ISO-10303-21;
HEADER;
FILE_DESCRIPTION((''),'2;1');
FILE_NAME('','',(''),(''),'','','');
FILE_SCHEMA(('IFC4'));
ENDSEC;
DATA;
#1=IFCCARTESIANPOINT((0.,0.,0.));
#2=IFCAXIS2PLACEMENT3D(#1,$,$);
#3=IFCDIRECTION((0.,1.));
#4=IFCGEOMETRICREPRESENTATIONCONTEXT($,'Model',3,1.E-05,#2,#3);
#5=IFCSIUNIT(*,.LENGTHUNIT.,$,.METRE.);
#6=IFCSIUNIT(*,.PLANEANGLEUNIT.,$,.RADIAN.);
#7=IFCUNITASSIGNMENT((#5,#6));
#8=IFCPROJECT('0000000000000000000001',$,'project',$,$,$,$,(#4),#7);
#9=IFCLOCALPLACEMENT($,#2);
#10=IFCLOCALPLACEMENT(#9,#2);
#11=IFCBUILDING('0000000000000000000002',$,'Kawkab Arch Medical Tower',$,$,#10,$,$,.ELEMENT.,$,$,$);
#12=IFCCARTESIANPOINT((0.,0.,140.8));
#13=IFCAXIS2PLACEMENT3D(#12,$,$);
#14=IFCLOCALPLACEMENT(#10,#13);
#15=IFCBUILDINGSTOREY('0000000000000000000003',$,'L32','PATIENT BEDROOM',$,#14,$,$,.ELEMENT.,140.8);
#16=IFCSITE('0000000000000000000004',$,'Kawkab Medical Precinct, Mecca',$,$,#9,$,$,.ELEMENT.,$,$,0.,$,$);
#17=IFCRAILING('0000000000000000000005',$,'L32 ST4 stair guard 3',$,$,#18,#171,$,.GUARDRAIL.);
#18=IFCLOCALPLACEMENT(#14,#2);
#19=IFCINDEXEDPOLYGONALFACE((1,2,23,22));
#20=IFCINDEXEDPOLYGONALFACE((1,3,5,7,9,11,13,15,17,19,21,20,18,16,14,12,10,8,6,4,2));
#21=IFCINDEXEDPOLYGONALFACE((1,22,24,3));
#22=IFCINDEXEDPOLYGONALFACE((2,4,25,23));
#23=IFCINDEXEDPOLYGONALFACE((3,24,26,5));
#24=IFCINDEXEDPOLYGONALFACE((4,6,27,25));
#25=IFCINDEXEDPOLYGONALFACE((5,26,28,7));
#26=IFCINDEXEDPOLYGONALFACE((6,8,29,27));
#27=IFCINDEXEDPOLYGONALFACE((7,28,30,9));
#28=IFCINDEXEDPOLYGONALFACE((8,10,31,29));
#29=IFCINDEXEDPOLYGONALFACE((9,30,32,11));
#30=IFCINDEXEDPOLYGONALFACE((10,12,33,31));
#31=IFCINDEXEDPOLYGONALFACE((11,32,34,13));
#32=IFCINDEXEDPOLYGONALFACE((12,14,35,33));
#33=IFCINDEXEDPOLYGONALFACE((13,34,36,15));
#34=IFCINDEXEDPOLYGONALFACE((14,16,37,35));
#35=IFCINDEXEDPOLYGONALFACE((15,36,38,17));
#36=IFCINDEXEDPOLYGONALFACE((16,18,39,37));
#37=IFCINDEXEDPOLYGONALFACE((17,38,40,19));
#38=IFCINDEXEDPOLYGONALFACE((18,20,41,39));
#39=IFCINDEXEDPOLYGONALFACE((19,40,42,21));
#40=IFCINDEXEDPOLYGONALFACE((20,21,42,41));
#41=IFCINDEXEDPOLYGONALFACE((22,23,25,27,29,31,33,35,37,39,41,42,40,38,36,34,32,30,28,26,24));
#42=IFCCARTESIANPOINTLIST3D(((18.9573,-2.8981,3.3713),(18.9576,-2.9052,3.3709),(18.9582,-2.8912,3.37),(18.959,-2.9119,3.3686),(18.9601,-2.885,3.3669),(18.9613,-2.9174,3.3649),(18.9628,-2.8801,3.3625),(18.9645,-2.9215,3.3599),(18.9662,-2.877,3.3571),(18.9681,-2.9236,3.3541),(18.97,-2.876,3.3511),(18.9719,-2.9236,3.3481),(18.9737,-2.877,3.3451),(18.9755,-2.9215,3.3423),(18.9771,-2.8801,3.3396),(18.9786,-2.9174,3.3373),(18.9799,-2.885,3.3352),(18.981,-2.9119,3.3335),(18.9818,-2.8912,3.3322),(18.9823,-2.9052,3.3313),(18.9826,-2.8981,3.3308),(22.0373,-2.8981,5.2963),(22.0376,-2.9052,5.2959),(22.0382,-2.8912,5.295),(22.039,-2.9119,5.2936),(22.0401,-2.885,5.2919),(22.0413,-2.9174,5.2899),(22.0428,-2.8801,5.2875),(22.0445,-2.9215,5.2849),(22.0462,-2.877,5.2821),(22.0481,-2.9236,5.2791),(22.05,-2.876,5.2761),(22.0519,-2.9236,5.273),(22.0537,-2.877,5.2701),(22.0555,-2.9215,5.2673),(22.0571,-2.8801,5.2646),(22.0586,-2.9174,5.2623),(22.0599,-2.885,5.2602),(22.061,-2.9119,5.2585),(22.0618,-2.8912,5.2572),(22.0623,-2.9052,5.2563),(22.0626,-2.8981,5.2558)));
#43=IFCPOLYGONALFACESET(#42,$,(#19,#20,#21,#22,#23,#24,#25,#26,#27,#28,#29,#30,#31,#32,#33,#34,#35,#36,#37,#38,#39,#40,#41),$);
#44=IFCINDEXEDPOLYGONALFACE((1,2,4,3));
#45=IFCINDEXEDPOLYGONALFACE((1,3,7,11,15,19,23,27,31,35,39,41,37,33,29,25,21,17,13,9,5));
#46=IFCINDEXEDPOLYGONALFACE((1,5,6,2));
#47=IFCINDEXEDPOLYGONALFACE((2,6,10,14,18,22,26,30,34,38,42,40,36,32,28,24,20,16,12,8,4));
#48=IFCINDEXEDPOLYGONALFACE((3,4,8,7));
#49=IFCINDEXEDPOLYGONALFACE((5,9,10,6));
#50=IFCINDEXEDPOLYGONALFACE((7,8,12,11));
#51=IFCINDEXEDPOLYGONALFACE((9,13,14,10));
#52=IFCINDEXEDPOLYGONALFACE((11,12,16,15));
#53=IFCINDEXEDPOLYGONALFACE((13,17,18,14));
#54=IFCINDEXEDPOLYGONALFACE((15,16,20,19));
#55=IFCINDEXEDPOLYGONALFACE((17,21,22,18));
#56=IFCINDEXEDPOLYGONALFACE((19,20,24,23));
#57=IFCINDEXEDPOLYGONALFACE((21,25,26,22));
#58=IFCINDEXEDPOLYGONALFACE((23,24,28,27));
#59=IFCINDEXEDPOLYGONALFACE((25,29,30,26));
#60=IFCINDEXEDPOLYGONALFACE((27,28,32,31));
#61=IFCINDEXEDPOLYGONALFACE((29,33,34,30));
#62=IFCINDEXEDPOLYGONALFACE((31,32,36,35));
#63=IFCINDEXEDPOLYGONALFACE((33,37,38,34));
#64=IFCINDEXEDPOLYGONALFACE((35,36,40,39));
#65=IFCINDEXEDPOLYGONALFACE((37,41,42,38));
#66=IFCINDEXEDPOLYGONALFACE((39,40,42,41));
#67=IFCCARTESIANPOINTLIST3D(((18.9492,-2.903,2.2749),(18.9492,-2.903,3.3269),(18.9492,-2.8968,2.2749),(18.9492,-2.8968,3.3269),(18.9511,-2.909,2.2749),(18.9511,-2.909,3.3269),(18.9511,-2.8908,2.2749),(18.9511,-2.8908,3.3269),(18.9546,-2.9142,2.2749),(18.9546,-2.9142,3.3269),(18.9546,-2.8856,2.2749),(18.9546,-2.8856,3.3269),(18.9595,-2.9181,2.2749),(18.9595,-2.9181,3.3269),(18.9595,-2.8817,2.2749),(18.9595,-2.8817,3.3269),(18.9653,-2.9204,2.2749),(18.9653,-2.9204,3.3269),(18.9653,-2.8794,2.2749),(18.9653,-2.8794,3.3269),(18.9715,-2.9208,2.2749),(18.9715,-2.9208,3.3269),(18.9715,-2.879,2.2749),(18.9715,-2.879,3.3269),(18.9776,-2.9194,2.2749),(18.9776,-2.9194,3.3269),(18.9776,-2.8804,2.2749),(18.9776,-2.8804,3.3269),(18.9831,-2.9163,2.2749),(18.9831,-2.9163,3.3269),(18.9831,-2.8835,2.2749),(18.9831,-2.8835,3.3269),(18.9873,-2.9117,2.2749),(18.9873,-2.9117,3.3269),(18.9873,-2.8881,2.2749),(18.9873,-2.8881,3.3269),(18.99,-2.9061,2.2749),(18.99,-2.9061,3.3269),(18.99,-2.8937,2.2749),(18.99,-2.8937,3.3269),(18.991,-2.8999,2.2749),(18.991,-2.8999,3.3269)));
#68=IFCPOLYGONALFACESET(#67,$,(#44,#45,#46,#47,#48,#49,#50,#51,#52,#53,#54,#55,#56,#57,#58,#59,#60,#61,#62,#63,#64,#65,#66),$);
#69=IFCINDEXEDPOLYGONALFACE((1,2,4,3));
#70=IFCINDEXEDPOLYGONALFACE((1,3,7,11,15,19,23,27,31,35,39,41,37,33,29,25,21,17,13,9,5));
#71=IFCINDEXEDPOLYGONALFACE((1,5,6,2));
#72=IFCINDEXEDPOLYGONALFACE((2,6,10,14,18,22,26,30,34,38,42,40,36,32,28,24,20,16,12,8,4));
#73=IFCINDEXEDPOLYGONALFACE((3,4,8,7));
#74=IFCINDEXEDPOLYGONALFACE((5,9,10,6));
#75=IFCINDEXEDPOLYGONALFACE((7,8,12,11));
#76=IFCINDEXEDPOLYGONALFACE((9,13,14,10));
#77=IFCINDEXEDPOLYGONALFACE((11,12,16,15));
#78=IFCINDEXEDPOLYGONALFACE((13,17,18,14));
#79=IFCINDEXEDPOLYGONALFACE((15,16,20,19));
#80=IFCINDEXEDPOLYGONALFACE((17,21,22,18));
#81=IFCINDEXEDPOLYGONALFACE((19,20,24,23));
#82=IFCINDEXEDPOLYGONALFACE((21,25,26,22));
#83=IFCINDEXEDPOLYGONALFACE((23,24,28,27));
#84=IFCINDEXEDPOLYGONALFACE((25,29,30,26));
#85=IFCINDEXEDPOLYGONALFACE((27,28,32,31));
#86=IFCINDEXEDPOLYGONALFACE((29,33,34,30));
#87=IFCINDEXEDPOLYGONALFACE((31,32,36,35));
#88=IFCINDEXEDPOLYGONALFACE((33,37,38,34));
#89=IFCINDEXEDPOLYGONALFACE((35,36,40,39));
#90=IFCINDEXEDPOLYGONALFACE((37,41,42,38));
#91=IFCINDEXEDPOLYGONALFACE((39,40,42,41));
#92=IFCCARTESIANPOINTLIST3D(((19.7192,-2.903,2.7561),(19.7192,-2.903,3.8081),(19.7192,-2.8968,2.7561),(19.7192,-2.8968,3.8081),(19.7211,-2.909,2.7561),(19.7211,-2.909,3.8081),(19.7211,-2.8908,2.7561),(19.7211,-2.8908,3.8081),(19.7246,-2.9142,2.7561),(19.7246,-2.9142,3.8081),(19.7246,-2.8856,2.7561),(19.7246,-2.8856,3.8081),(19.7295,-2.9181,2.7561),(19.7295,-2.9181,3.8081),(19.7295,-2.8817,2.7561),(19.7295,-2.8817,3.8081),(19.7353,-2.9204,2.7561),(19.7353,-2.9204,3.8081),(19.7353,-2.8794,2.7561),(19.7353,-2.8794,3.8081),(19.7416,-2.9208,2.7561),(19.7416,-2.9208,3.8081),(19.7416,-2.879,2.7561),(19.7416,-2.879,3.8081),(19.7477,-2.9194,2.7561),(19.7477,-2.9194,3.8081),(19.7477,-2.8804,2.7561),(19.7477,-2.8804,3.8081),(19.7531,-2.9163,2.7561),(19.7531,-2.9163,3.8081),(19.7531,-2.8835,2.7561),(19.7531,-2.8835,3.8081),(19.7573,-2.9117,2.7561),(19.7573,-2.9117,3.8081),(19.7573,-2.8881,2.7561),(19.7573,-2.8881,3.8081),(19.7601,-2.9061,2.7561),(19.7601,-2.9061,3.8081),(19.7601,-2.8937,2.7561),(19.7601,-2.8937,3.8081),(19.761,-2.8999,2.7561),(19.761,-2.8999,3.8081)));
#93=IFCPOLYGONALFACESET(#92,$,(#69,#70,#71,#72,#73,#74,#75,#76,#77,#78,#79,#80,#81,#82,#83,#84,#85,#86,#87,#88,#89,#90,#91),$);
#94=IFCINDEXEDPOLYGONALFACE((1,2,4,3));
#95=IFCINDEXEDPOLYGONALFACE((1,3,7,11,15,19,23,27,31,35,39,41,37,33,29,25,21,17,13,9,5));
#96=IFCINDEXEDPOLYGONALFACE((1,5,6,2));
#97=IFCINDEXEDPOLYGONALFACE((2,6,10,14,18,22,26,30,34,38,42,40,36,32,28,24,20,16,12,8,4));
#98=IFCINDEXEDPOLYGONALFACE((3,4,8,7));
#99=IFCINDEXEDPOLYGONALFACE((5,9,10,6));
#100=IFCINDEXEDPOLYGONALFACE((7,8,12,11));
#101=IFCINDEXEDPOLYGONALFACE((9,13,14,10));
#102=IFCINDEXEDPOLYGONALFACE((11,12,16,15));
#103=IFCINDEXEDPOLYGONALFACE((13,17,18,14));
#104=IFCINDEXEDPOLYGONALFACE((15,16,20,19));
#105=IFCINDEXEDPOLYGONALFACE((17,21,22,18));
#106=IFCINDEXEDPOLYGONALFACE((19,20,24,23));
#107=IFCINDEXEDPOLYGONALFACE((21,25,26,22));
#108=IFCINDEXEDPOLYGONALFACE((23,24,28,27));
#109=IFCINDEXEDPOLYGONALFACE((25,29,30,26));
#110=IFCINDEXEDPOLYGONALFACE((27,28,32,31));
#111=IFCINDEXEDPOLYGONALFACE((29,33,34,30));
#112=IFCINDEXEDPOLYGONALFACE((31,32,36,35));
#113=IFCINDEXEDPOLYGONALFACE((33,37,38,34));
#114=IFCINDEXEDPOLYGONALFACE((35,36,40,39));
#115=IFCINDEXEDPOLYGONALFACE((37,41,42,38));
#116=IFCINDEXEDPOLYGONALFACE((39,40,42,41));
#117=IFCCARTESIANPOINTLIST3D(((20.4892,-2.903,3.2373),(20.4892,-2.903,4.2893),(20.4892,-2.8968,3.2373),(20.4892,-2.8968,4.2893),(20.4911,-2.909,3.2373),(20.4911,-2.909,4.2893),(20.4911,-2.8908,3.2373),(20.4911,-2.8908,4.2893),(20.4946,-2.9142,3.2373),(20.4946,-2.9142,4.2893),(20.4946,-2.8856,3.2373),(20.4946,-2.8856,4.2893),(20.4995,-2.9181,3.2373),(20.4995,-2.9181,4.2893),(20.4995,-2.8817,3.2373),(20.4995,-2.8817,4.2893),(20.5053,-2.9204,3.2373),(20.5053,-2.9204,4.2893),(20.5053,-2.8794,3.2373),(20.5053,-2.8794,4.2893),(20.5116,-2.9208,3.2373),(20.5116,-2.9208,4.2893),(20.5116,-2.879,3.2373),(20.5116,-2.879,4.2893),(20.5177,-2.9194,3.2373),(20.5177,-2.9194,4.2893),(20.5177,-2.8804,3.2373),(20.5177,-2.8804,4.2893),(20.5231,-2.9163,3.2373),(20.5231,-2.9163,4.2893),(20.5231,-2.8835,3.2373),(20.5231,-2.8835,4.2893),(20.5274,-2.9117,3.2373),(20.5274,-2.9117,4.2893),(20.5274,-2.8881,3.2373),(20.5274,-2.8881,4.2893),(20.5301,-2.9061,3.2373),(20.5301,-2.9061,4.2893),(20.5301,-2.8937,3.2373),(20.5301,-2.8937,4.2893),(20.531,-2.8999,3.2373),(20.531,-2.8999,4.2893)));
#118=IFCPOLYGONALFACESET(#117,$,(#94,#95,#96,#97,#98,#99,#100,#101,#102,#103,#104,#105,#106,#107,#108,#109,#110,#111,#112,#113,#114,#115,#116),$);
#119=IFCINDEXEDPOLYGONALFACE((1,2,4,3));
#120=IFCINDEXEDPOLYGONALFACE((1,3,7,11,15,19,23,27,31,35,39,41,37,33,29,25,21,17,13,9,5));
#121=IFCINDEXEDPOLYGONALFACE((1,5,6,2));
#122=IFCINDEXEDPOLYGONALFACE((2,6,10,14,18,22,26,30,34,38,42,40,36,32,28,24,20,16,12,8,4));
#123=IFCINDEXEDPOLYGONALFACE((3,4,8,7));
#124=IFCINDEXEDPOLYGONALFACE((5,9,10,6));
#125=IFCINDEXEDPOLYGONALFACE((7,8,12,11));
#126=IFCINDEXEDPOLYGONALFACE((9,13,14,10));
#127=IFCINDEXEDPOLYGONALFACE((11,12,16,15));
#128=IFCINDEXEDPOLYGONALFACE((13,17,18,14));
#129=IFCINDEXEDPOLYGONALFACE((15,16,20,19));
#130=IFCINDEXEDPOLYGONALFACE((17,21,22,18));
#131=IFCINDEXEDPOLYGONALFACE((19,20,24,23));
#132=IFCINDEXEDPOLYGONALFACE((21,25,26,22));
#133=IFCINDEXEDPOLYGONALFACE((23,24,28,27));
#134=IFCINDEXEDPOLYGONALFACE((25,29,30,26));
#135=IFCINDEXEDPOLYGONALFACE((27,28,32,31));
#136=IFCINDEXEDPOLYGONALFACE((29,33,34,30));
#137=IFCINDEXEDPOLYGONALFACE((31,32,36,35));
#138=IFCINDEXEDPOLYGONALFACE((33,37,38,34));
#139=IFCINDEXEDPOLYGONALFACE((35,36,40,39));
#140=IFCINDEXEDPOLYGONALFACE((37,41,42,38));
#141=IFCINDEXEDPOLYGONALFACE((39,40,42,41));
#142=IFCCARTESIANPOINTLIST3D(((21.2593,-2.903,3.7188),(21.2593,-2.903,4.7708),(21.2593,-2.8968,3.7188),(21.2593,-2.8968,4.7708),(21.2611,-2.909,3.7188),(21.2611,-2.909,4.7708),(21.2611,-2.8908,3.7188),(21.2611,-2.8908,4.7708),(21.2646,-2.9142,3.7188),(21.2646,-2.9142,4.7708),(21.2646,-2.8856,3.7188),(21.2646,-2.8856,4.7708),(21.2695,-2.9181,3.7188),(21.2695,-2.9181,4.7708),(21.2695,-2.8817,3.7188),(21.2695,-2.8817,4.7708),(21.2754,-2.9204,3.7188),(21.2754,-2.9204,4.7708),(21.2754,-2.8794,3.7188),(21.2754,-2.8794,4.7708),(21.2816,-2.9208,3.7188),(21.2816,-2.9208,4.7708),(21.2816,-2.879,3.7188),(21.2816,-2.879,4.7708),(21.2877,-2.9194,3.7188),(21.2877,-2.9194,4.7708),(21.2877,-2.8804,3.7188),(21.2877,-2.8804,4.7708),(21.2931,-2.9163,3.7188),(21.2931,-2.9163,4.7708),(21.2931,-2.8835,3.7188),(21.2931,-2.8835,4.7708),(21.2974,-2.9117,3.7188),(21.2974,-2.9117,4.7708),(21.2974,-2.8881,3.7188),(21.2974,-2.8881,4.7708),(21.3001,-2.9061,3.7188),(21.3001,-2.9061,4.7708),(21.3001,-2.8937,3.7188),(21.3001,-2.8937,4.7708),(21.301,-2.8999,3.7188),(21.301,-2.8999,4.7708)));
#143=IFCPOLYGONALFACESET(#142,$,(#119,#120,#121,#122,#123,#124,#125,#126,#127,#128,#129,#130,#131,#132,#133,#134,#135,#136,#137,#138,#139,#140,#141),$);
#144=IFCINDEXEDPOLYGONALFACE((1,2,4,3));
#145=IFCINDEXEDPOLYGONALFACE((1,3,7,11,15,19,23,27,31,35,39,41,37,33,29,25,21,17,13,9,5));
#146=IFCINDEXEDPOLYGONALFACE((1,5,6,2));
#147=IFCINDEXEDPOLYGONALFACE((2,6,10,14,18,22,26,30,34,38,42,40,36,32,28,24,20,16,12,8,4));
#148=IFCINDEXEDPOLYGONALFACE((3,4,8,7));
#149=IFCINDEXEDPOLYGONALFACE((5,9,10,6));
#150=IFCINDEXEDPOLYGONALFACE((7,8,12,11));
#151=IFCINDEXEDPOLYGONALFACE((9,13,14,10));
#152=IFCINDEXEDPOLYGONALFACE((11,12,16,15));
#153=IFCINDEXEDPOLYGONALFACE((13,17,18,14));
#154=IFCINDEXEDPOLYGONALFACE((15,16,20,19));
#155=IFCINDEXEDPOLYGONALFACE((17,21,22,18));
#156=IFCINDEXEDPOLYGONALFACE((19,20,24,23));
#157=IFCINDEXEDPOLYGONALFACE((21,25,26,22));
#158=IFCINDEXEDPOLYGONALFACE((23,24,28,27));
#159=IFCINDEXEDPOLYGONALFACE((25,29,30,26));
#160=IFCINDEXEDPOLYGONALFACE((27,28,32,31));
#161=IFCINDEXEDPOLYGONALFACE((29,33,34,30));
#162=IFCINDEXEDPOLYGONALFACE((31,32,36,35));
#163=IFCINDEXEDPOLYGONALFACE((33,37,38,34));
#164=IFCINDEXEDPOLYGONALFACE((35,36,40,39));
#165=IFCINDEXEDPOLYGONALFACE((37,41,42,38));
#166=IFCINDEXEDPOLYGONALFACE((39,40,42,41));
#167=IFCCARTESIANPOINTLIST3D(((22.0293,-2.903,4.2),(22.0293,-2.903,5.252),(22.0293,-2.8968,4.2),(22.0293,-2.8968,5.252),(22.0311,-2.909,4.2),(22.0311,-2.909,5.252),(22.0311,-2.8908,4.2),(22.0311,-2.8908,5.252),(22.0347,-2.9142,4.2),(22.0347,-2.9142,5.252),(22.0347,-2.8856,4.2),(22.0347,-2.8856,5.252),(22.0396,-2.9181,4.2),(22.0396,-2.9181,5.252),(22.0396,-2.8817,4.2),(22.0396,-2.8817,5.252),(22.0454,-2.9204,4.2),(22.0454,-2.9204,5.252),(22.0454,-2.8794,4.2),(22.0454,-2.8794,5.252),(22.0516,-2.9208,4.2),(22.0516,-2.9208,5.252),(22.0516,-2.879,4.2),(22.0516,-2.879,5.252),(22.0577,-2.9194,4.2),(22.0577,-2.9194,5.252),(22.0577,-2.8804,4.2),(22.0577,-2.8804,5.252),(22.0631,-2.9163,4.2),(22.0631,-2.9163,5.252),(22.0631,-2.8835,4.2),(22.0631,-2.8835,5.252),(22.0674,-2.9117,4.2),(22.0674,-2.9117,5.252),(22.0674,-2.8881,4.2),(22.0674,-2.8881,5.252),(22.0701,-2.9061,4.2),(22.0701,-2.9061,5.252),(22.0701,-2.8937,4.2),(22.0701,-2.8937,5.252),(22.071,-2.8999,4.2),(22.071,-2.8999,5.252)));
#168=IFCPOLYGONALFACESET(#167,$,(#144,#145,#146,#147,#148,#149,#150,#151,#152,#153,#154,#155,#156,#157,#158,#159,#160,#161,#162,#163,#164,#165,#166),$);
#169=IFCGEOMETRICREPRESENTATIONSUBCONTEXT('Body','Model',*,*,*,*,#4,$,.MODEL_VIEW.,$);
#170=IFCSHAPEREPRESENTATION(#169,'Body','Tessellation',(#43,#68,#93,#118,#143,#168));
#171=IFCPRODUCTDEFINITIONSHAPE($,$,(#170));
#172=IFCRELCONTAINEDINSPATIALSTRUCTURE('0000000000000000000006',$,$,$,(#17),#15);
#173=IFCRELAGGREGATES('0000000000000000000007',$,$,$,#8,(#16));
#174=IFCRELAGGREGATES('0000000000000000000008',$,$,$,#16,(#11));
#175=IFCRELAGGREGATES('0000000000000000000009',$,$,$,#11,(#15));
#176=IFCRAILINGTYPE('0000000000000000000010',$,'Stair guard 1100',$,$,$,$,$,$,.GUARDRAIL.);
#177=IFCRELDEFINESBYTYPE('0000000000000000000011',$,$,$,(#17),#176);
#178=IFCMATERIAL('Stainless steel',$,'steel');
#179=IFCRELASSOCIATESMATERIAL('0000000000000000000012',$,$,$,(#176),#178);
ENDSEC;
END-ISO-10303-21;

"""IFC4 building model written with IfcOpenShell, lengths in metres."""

from ifc_helpers import new_model, si_unit, direction, frame, origin, origin_2d, place, context, subcontext, project, spatial, circle, extrude, material, type_object, element, save


model = new_model("IFC4")

# Units and contexts
model_context = context("Model", 3, precision=1e-05, world=origin(), true_north=direction((0.0, 1.0)))
body_context = subcontext(model_context, "Body", "Model", "MODEL_VIEW")
ifc_project = project(units=[si_unit("LENGTHUNIT", "METRE"), si_unit("PLANEANGLEUNIT", "RADIAN")], contexts=[model_context])

# Site, building, storey
site_placement = place(None, origin())
site = spatial("IfcSite", under=ifc_project, at=site_placement, Name="Kawkab Medical Precinct, Mecca", CompositionType="ELEMENT", RefElevation=0.0)
building_placement = place(site_placement, origin())
building = spatial("IfcBuilding", under=site, at=building_placement, Name="Kawkab Arch Medical Tower", CompositionType="ELEMENT")
storey_placement = place(building_placement, frame((0.0, 0.0, 140.8)))
storey = spatial("IfcBuildingStorey", under=building, at=storey_placement, Name="L32", Description="PATIENT BEDROOM", CompositionType="ELEMENT", Elevation=140.8)

# Railing
ifc_material_1 = material(Name="Stainless steel", Category="steel")
railing_type_1 = type_object("IfcRailingType", Name="Stair guard 1100", PredefinedType="GUARDRAIL", material=ifc_material_1)
railing_1_placement = place(storey_placement, frame((18.97, -2.8999, 2.2749)))
element("IfcRailing", 1, at=railing_1_placement, inside=storey, type_object=railing_type_1, Name="L32 ST4 stair guard 3", PredefinedType="GUARDRAIL", context=body_context, shape_type="SweptSolid", body=[
    extrude(circle(Radius=0.0239, at=origin_2d()), frame((0.0, 0.0, 1.0762), z_axis=(0.847998, 0.0, 0.529999), x_axis=(0.0, 1.0, 0.0)), (0.0, 0.0, 1.0), 3.6321),
    extrude(circle(Radius=0.021, at=origin_2d()), origin(), (0.0, 0.0, 1.0), 1.052),
    extrude(circle(Radius=0.021, at=origin_2d()), frame((0.77, 0.0, 0.4812)), (0.0, 0.0, 1.0), 1.052),
    extrude(circle(Radius=0.021, at=origin_2d()), frame((1.54, 0.0, 0.9624)), (0.0, 0.0, 1.0), 1.052),
    extrude(circle(Radius=0.021, at=origin_2d()), frame((2.3101, 0.0, 1.4438)), (0.0, 0.0, 1.0), 1.052),
    extrude(circle(Radius=0.021, at=origin_2d()), frame((3.0801, 0.0, 1.925)), (0.0, 0.0, 1.0), 1.052),
])

save(model, "model.ifc")
